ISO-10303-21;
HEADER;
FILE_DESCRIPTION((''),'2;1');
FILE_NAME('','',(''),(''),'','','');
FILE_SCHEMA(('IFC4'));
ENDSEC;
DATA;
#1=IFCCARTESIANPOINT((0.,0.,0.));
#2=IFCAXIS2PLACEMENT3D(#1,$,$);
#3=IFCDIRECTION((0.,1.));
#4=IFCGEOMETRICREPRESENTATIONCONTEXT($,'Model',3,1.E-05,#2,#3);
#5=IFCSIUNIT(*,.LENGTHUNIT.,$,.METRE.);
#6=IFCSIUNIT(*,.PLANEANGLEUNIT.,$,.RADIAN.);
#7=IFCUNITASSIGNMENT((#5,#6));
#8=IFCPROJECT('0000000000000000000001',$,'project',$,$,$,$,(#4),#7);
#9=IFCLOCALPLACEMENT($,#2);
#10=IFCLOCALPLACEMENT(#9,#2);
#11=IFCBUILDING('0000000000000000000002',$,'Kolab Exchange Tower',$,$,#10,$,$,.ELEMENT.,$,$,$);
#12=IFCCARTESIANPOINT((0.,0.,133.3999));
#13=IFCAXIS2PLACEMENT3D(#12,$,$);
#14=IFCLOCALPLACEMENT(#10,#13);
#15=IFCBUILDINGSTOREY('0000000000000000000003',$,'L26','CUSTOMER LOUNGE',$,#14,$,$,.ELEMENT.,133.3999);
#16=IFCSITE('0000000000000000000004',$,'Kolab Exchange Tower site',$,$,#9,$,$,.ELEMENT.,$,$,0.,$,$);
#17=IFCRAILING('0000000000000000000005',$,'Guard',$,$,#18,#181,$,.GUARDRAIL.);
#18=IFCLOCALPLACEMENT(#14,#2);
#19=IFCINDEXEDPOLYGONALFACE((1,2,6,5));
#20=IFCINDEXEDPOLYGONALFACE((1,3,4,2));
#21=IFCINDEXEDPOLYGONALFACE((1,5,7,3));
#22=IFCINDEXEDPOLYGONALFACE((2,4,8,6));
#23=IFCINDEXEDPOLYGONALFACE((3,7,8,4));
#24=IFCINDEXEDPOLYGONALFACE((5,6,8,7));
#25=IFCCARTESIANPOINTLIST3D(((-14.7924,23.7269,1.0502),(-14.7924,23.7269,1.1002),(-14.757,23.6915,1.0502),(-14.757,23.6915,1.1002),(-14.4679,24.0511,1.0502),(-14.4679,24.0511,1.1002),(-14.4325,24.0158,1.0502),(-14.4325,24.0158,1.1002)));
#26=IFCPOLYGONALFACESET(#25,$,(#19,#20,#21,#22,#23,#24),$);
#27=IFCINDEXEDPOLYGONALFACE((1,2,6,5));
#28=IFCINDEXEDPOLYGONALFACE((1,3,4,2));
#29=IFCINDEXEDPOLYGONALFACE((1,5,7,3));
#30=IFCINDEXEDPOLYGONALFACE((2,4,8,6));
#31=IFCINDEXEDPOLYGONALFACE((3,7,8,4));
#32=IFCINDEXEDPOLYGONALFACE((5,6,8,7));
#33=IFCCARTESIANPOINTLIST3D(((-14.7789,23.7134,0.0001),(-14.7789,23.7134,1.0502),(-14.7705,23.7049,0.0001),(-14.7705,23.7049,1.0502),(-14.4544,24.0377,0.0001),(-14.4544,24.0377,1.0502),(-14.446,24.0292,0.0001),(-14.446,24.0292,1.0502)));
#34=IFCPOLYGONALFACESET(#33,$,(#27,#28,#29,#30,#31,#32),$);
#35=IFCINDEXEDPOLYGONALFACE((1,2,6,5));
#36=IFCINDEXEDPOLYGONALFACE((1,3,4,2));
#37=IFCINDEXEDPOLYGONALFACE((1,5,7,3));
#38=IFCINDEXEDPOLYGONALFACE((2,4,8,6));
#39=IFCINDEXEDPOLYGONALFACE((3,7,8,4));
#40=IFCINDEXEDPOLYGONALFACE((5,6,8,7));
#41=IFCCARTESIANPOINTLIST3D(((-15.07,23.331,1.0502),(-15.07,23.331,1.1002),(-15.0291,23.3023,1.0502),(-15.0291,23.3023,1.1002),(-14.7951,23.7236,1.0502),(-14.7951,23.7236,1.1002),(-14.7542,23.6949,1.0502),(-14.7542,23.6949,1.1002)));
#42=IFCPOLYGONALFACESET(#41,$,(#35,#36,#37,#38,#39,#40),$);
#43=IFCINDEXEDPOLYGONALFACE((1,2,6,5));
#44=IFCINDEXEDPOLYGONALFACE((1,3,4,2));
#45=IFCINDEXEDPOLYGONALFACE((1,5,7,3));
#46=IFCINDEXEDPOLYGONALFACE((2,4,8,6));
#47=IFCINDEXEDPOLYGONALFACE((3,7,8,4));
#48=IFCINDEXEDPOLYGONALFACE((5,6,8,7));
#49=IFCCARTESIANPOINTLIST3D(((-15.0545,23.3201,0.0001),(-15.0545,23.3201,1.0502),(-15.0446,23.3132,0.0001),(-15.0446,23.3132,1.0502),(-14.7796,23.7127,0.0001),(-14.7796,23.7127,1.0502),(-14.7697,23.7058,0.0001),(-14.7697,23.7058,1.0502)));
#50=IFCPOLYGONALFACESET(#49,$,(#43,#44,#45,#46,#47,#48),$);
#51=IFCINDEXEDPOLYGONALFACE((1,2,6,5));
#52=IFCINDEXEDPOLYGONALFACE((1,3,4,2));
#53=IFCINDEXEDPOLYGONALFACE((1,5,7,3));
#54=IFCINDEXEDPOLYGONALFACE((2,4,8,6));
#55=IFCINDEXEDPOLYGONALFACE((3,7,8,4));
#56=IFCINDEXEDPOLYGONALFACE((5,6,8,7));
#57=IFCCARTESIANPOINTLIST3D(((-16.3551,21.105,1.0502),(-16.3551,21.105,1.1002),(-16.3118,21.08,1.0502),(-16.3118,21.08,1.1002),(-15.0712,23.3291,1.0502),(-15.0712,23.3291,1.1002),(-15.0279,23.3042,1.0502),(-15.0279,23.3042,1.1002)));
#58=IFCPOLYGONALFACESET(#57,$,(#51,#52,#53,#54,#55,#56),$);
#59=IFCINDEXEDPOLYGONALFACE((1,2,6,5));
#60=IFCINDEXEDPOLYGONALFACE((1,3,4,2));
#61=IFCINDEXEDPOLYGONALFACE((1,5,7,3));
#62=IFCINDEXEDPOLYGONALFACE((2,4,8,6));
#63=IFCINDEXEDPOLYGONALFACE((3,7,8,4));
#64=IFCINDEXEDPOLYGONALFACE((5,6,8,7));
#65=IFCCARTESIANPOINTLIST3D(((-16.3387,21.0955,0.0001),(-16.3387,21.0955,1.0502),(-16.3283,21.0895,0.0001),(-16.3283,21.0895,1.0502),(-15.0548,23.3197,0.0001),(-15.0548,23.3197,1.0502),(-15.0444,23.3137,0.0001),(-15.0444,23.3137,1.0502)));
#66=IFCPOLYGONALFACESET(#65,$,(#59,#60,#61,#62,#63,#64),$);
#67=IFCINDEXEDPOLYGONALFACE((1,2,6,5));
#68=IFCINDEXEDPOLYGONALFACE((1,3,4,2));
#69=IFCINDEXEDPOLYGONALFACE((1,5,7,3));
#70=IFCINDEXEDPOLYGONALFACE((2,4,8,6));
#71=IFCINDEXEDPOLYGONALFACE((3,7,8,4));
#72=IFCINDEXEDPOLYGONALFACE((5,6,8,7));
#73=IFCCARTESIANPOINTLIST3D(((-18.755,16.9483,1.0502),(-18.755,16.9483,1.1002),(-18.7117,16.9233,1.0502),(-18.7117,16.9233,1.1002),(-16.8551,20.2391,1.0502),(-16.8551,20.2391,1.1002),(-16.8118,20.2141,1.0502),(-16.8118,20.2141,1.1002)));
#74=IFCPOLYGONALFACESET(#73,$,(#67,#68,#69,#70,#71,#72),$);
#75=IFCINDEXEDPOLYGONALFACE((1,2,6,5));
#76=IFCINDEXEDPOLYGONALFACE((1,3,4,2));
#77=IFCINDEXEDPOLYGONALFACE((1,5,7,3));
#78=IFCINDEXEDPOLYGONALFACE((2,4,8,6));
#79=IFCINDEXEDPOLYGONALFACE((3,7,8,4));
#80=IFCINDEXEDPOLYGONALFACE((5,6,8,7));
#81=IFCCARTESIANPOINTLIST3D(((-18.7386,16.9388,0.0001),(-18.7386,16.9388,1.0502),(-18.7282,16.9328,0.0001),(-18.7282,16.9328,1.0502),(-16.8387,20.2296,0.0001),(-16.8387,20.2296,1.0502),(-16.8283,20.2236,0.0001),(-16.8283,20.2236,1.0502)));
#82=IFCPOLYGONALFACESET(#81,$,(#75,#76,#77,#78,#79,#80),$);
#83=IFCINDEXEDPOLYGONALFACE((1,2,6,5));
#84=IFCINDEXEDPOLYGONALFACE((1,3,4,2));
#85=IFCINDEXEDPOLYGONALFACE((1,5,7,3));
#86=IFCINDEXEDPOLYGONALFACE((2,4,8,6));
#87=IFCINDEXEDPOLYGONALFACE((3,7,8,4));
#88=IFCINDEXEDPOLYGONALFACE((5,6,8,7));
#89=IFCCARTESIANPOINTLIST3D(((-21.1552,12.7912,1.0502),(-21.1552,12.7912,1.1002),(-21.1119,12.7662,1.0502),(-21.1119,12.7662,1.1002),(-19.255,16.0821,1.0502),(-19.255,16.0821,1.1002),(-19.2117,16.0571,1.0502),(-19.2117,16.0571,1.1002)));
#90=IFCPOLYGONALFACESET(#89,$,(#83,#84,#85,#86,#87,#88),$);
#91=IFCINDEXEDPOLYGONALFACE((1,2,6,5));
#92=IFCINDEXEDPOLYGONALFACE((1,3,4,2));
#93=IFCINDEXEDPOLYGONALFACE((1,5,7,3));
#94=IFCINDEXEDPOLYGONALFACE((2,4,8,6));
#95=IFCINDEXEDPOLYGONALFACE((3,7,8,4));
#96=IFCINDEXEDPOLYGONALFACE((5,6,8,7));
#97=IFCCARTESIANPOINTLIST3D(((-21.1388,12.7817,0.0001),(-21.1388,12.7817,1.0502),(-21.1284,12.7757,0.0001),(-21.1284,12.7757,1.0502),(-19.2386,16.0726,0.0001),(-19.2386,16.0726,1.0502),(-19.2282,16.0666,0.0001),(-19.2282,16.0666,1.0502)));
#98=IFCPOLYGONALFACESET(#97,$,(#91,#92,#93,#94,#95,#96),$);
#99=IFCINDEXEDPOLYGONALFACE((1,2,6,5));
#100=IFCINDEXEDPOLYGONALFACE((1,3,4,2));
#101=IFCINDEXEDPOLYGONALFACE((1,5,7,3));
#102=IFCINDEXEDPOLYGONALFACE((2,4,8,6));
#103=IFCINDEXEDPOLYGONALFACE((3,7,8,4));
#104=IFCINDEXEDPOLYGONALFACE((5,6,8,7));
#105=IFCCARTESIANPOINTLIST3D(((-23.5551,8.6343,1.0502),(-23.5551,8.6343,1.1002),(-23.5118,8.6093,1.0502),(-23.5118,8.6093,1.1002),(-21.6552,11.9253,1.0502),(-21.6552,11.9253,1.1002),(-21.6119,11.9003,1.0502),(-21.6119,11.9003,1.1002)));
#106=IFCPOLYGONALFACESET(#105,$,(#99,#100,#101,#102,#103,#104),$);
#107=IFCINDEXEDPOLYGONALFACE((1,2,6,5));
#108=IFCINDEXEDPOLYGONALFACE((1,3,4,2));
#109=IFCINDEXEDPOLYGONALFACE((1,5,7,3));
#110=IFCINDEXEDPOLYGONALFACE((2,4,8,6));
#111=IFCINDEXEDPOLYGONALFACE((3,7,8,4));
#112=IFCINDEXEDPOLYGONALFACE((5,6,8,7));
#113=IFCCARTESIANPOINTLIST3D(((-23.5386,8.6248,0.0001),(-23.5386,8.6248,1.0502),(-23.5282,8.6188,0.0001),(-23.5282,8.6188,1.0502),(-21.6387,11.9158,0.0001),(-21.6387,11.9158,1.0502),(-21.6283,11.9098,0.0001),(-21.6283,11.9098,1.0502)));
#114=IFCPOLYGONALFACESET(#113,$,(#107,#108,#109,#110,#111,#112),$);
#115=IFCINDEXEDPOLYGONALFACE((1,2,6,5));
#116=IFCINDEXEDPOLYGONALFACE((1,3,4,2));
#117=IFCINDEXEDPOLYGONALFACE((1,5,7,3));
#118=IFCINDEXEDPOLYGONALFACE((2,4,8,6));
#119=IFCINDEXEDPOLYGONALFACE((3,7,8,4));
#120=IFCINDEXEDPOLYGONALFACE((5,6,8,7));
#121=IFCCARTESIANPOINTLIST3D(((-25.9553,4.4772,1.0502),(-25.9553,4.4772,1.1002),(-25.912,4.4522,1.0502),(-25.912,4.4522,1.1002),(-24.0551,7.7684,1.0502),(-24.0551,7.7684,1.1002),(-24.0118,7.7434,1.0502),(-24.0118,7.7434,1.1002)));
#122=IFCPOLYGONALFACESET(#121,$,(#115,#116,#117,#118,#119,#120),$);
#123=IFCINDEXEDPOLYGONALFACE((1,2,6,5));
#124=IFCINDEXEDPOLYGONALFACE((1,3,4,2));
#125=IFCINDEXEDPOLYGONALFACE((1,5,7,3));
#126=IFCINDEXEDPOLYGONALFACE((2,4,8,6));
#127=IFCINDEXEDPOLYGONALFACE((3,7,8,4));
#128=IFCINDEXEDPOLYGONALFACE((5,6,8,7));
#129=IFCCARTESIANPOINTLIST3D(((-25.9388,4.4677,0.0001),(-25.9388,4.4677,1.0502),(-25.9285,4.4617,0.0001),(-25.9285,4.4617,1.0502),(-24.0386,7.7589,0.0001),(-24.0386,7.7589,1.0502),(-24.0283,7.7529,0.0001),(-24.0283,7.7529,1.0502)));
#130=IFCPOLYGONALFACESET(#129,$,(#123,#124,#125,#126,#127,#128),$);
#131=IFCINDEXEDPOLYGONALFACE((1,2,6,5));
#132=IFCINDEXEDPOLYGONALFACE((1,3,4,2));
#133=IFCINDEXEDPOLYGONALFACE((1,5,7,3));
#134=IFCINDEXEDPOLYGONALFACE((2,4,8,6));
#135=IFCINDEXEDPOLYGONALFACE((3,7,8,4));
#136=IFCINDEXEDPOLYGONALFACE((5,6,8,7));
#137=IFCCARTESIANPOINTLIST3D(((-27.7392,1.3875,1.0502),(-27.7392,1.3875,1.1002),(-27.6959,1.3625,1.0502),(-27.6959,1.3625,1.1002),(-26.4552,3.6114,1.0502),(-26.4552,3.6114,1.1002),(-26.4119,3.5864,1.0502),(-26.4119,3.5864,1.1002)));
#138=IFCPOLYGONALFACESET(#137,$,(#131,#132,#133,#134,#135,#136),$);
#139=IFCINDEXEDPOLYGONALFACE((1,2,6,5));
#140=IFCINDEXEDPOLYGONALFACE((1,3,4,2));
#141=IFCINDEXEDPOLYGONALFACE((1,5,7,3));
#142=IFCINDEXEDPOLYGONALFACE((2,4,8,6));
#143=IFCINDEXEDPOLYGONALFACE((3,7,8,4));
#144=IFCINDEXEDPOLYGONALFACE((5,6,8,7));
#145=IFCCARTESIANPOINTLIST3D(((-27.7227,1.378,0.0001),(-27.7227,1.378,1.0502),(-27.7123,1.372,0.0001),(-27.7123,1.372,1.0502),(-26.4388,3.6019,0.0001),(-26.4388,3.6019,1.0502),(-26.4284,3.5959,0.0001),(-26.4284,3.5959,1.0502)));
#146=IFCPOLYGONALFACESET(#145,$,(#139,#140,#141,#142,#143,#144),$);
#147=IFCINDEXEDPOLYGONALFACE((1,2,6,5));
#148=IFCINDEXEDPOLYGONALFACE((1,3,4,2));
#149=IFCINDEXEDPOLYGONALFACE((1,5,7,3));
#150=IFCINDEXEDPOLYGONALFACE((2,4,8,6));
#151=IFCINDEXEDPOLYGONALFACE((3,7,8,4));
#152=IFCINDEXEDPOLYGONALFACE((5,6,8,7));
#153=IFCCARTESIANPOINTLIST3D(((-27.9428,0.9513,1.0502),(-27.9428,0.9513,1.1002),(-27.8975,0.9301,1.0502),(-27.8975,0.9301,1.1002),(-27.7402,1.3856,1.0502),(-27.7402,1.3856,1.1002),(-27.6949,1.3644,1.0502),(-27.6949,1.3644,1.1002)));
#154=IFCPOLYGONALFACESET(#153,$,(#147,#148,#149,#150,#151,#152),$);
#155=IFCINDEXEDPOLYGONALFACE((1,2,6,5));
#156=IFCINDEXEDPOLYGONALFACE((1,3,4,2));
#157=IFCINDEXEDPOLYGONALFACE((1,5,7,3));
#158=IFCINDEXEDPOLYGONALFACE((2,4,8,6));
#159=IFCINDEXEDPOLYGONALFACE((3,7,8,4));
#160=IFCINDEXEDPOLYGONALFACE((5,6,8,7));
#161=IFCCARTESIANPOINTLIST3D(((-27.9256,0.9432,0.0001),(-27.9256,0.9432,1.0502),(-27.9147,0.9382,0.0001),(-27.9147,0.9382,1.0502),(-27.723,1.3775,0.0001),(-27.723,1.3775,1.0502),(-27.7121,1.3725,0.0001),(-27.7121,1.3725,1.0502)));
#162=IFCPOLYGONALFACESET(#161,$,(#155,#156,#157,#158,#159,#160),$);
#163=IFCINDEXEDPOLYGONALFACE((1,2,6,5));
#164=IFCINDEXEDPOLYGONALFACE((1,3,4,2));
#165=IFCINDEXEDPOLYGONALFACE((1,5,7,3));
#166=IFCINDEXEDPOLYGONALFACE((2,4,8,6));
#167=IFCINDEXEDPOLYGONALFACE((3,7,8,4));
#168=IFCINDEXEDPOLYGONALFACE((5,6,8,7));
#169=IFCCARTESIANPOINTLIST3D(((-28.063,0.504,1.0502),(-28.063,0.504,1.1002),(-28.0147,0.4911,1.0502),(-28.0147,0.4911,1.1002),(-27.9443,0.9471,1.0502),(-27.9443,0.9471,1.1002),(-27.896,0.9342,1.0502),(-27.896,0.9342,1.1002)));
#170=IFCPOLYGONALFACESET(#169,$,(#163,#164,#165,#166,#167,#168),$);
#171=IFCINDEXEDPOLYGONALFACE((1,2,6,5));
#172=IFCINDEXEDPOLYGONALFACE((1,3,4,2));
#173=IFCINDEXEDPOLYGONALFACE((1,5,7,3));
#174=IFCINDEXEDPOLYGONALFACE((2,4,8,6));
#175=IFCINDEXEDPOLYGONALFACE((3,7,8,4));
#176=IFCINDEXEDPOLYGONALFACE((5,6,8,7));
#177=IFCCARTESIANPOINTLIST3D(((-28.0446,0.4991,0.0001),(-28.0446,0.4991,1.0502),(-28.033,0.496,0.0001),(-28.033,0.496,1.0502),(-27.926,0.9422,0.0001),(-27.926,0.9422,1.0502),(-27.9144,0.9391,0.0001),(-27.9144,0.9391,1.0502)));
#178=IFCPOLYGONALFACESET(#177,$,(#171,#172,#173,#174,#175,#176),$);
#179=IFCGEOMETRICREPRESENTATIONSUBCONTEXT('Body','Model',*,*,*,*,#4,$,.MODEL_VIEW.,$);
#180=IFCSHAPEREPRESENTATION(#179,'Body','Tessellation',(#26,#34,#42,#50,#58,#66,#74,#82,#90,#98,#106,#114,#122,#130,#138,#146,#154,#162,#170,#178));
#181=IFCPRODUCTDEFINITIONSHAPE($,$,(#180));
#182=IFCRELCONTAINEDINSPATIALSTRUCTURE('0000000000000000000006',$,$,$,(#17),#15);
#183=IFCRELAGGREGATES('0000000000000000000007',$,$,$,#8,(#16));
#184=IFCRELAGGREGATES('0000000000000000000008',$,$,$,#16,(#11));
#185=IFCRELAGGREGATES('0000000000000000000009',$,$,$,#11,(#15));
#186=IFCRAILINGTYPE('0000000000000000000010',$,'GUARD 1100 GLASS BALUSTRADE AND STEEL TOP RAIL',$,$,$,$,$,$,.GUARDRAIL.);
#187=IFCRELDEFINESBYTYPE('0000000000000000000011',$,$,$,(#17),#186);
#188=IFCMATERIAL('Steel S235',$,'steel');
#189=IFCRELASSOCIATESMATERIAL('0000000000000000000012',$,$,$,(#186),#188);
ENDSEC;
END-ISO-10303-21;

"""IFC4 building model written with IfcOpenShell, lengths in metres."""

from ifc_helpers import new_model, si_unit, direction, frame, frame_2d, origin, origin_2d, place, context, subcontext, project, spatial, rectangle, extrude, material, type_object, element, save


model = new_model("IFC4")

# Units and contexts
model_context = context("Model", 3, precision=1e-05, world=origin(), true_north=direction((0.0, 1.0)))
body_context = subcontext(model_context, "Body", "Model", "MODEL_VIEW")
ifc_project = project(units=[si_unit("LENGTHUNIT", "METRE"), si_unit("PLANEANGLEUNIT", "RADIAN")], contexts=[model_context])

# Site, building, storey
site_placement = place(None, origin())
site = spatial("IfcSite", under=ifc_project, at=site_placement, Name="Kolab Exchange Tower site", CompositionType="ELEMENT", RefElevation=0.0)
building_placement = place(site_placement, origin())
building = spatial("IfcBuilding", under=site, at=building_placement, Name="Kolab Exchange Tower", CompositionType="ELEMENT")
storey_placement = place(building_placement, frame((0.0, 0.0, 133.3999)))
storey = spatial("IfcBuildingStorey", under=building, at=storey_placement, Name="L26", Description="CUSTOMER LOUNGE", CompositionType="ELEMENT", Elevation=133.3999)

# Shared definitions
ifc_material_1 = material(Name="Steel S235", Category="steel")

# Railing
railing_type = type_object("IfcRailingType", Name="GUARD 1100 GLASS BALUSTRADE AND STEEL TOP RAIL", PredefinedType="GUARDRAIL", material=ifc_material_1)
railing_placement = place(storey_placement, frame((-14.4502, 24.0334, 0.0)))
element("IfcRailing", 1, at=railing_placement, inside=storey, type_object=railing_type, Name="Guard", PredefinedType="GUARDRAIL", context=body_context, shape_type="SweptSolid", body=[
    extrude(rectangle(XDim=0.05, YDim=0.05, at=origin_2d()), frame((0.0, 0.0, 1.0752), z_axis=(-0.707373, -0.706841, 0.0), x_axis=(0.706841, -0.707373, 0.0)), (0.0, 0.0, 1.0), 0.4587),
    extrude(rectangle(XDim=0.012, YDim=1.0501, at=frame_2d((0.0, 0.5251))), frame((0.0, 0.0, 0.0), z_axis=(-0.707373, -0.706841, 0.0), x_axis=(0.706841, -0.707373, 0.0)), (0.0, 0.0, 1.0), 0.4587),
    extrude(rectangle(XDim=0.05, YDim=0.05, at=origin_2d()), frame((-0.3245, -0.3242, 1.0752), z_axis=(-0.573599, -0.819136, 0.0), x_axis=(0.819136, -0.573599, 0.0)), (0.0, 0.0, 1.0), 0.4792),
    extrude(rectangle(XDim=0.012, YDim=1.0501, at=frame_2d((0.0, 0.5251))), frame((-0.3245, -0.3242, 0.0), z_axis=(-0.573599, -0.819136, 0.0), x_axis=(0.819136, -0.573599, 0.0)), (0.0, 0.0, 1.0), 0.4792),
    extrude(rectangle(XDim=0.05, YDim=0.05, at=origin_2d()), frame((-0.5994, -0.7168, 1.0752), z_axis=(-0.499953, -0.866053, 0.0), x_axis=(0.866053, -0.499953, 0.0)), (0.0, 0.0, 1.0), 2.5681),
    extrude(rectangle(XDim=0.012, YDim=1.0501, at=frame_2d((0.0, 0.5251))), frame((-0.5994, -0.7168, 0.0), z_axis=(-0.499953, -0.866053, 0.0), x_axis=(0.866053, -0.499953, 0.0)), (0.0, 0.0, 1.0), 2.5681),
    extrude(rectangle(XDim=0.05, YDim=0.05, at=origin_2d()), frame((-2.3833, -3.8069, 1.0752), z_axis=(-0.499995, -0.866028, 0.0), x_axis=(0.866028, -0.499995, 0.0)), (0.0, 0.0, 1.0), 3.7998),
    extrude(rectangle(XDim=0.012, YDim=1.0501, at=frame_2d((0.0, 0.5251))), frame((-2.3833, -3.8069, 0.0), z_axis=(-0.499995, -0.866028, 0.0), x_axis=(0.866028, -0.499995, 0.0)), (0.0, 0.0, 1.0), 3.7998),
    extrude(rectangle(XDim=0.05, YDim=0.05, at=origin_2d()), frame((-4.7832, -7.9639, 1.0752), z_axis=(-0.500043, -0.866, 0.0), x_axis=(0.866, -0.500043, 0.0)), (0.0, 0.0, 1.0), 3.8),
    extrude(rectangle(XDim=0.012, YDim=1.0501, at=frame_2d((0.0, 0.5251))), frame((-4.7832, -7.9639, 0.0), z_axis=(-0.500043, -0.866, 0.0), x_axis=(0.866, -0.500043, 0.0)), (0.0, 0.0, 1.0), 3.8),
    extrude(rectangle(XDim=0.05, YDim=0.05, at=origin_2d()), frame((-7.1833, -12.1206, 1.0752), z_axis=(-0.499967, -0.866044, 0.0), x_axis=(0.866044, -0.499967, 0.0)), (0.0, 0.0, 1.0), 3.8),
    extrude(rectangle(XDim=0.012, YDim=1.0501, at=frame_2d((0.0, 0.5251))), frame((-7.1833, -12.1206, 0.0), z_axis=(-0.499967, -0.866044, 0.0), x_axis=(0.866044, -0.499967, 0.0)), (0.0, 0.0, 1.0), 3.8),
    extrude(rectangle(XDim=0.05, YDim=0.05, at=origin_2d()), frame((-9.5833, -16.2776, 1.0752), z_axis=(-0.500015, -0.866017, 0.0), x_axis=(0.866017, -0.500015, 0.0)), (0.0, 0.0, 1.0), 3.8003),
    extrude(rectangle(XDim=0.012, YDim=1.0501, at=frame_2d((0.0, 0.5251))), frame((-9.5833, -16.2776, 0.0), z_axis=(-0.500015, -0.866017, 0.0), x_axis=(0.866017, -0.500015, 0.0)), (0.0, 0.0, 1.0), 3.8003),
    extrude(rectangle(XDim=0.05, YDim=0.05, at=origin_2d()), frame((-11.9834, -20.4346, 1.0752), z_axis=(-0.499994, -0.866029, 0.0), x_axis=(0.866029, -0.499994, 0.0)), (0.0, 0.0, 1.0), 2.5679),
    extrude(rectangle(XDim=0.012, YDim=1.0501, at=frame_2d((0.0, 0.5251))), frame((-11.9834, -20.4346, 0.0), z_axis=(-0.499994, -0.866029, 0.0), x_axis=(0.866029, -0.499994, 0.0)), (0.0, 0.0, 1.0), 2.5679),
    extrude(rectangle(XDim=0.05, YDim=0.05, at=origin_2d()), frame((-13.2673, -22.6584, 1.0752), z_axis=(-0.422802, -0.906222, 0.0), x_axis=(0.906222, -0.422802, 0.0)), (0.0, 0.0, 1.0), 0.4792),
    extrude(rectangle(XDim=0.012, YDim=1.0501, at=frame_2d((0.0, 0.5251))), frame((-13.2673, -22.6584, 0.0), z_axis=(-0.422802, -0.906222, 0.0), x_axis=(0.906222, -0.422802, 0.0)), (0.0, 0.0, 1.0), 0.4792),
    extrude(rectangle(XDim=0.05, YDim=0.05, at=origin_2d()), frame((-13.47, -23.0928, 1.0752), z_axis=(-0.258656, -0.965969, 0.0), x_axis=(0.965969, -0.258656, 0.0)), (0.0, 0.0, 1.0), 0.4587),
    extrude(rectangle(XDim=0.012, YDim=1.0501, at=frame_2d((0.0, 0.5251))), frame((-13.47, -23.0928, 0.0), z_axis=(-0.258656, -0.965969, 0.0), x_axis=(0.965969, -0.258656, 0.0)), (0.0, 0.0, 1.0), 0.4587),
])

save(model, "model.ifc")
